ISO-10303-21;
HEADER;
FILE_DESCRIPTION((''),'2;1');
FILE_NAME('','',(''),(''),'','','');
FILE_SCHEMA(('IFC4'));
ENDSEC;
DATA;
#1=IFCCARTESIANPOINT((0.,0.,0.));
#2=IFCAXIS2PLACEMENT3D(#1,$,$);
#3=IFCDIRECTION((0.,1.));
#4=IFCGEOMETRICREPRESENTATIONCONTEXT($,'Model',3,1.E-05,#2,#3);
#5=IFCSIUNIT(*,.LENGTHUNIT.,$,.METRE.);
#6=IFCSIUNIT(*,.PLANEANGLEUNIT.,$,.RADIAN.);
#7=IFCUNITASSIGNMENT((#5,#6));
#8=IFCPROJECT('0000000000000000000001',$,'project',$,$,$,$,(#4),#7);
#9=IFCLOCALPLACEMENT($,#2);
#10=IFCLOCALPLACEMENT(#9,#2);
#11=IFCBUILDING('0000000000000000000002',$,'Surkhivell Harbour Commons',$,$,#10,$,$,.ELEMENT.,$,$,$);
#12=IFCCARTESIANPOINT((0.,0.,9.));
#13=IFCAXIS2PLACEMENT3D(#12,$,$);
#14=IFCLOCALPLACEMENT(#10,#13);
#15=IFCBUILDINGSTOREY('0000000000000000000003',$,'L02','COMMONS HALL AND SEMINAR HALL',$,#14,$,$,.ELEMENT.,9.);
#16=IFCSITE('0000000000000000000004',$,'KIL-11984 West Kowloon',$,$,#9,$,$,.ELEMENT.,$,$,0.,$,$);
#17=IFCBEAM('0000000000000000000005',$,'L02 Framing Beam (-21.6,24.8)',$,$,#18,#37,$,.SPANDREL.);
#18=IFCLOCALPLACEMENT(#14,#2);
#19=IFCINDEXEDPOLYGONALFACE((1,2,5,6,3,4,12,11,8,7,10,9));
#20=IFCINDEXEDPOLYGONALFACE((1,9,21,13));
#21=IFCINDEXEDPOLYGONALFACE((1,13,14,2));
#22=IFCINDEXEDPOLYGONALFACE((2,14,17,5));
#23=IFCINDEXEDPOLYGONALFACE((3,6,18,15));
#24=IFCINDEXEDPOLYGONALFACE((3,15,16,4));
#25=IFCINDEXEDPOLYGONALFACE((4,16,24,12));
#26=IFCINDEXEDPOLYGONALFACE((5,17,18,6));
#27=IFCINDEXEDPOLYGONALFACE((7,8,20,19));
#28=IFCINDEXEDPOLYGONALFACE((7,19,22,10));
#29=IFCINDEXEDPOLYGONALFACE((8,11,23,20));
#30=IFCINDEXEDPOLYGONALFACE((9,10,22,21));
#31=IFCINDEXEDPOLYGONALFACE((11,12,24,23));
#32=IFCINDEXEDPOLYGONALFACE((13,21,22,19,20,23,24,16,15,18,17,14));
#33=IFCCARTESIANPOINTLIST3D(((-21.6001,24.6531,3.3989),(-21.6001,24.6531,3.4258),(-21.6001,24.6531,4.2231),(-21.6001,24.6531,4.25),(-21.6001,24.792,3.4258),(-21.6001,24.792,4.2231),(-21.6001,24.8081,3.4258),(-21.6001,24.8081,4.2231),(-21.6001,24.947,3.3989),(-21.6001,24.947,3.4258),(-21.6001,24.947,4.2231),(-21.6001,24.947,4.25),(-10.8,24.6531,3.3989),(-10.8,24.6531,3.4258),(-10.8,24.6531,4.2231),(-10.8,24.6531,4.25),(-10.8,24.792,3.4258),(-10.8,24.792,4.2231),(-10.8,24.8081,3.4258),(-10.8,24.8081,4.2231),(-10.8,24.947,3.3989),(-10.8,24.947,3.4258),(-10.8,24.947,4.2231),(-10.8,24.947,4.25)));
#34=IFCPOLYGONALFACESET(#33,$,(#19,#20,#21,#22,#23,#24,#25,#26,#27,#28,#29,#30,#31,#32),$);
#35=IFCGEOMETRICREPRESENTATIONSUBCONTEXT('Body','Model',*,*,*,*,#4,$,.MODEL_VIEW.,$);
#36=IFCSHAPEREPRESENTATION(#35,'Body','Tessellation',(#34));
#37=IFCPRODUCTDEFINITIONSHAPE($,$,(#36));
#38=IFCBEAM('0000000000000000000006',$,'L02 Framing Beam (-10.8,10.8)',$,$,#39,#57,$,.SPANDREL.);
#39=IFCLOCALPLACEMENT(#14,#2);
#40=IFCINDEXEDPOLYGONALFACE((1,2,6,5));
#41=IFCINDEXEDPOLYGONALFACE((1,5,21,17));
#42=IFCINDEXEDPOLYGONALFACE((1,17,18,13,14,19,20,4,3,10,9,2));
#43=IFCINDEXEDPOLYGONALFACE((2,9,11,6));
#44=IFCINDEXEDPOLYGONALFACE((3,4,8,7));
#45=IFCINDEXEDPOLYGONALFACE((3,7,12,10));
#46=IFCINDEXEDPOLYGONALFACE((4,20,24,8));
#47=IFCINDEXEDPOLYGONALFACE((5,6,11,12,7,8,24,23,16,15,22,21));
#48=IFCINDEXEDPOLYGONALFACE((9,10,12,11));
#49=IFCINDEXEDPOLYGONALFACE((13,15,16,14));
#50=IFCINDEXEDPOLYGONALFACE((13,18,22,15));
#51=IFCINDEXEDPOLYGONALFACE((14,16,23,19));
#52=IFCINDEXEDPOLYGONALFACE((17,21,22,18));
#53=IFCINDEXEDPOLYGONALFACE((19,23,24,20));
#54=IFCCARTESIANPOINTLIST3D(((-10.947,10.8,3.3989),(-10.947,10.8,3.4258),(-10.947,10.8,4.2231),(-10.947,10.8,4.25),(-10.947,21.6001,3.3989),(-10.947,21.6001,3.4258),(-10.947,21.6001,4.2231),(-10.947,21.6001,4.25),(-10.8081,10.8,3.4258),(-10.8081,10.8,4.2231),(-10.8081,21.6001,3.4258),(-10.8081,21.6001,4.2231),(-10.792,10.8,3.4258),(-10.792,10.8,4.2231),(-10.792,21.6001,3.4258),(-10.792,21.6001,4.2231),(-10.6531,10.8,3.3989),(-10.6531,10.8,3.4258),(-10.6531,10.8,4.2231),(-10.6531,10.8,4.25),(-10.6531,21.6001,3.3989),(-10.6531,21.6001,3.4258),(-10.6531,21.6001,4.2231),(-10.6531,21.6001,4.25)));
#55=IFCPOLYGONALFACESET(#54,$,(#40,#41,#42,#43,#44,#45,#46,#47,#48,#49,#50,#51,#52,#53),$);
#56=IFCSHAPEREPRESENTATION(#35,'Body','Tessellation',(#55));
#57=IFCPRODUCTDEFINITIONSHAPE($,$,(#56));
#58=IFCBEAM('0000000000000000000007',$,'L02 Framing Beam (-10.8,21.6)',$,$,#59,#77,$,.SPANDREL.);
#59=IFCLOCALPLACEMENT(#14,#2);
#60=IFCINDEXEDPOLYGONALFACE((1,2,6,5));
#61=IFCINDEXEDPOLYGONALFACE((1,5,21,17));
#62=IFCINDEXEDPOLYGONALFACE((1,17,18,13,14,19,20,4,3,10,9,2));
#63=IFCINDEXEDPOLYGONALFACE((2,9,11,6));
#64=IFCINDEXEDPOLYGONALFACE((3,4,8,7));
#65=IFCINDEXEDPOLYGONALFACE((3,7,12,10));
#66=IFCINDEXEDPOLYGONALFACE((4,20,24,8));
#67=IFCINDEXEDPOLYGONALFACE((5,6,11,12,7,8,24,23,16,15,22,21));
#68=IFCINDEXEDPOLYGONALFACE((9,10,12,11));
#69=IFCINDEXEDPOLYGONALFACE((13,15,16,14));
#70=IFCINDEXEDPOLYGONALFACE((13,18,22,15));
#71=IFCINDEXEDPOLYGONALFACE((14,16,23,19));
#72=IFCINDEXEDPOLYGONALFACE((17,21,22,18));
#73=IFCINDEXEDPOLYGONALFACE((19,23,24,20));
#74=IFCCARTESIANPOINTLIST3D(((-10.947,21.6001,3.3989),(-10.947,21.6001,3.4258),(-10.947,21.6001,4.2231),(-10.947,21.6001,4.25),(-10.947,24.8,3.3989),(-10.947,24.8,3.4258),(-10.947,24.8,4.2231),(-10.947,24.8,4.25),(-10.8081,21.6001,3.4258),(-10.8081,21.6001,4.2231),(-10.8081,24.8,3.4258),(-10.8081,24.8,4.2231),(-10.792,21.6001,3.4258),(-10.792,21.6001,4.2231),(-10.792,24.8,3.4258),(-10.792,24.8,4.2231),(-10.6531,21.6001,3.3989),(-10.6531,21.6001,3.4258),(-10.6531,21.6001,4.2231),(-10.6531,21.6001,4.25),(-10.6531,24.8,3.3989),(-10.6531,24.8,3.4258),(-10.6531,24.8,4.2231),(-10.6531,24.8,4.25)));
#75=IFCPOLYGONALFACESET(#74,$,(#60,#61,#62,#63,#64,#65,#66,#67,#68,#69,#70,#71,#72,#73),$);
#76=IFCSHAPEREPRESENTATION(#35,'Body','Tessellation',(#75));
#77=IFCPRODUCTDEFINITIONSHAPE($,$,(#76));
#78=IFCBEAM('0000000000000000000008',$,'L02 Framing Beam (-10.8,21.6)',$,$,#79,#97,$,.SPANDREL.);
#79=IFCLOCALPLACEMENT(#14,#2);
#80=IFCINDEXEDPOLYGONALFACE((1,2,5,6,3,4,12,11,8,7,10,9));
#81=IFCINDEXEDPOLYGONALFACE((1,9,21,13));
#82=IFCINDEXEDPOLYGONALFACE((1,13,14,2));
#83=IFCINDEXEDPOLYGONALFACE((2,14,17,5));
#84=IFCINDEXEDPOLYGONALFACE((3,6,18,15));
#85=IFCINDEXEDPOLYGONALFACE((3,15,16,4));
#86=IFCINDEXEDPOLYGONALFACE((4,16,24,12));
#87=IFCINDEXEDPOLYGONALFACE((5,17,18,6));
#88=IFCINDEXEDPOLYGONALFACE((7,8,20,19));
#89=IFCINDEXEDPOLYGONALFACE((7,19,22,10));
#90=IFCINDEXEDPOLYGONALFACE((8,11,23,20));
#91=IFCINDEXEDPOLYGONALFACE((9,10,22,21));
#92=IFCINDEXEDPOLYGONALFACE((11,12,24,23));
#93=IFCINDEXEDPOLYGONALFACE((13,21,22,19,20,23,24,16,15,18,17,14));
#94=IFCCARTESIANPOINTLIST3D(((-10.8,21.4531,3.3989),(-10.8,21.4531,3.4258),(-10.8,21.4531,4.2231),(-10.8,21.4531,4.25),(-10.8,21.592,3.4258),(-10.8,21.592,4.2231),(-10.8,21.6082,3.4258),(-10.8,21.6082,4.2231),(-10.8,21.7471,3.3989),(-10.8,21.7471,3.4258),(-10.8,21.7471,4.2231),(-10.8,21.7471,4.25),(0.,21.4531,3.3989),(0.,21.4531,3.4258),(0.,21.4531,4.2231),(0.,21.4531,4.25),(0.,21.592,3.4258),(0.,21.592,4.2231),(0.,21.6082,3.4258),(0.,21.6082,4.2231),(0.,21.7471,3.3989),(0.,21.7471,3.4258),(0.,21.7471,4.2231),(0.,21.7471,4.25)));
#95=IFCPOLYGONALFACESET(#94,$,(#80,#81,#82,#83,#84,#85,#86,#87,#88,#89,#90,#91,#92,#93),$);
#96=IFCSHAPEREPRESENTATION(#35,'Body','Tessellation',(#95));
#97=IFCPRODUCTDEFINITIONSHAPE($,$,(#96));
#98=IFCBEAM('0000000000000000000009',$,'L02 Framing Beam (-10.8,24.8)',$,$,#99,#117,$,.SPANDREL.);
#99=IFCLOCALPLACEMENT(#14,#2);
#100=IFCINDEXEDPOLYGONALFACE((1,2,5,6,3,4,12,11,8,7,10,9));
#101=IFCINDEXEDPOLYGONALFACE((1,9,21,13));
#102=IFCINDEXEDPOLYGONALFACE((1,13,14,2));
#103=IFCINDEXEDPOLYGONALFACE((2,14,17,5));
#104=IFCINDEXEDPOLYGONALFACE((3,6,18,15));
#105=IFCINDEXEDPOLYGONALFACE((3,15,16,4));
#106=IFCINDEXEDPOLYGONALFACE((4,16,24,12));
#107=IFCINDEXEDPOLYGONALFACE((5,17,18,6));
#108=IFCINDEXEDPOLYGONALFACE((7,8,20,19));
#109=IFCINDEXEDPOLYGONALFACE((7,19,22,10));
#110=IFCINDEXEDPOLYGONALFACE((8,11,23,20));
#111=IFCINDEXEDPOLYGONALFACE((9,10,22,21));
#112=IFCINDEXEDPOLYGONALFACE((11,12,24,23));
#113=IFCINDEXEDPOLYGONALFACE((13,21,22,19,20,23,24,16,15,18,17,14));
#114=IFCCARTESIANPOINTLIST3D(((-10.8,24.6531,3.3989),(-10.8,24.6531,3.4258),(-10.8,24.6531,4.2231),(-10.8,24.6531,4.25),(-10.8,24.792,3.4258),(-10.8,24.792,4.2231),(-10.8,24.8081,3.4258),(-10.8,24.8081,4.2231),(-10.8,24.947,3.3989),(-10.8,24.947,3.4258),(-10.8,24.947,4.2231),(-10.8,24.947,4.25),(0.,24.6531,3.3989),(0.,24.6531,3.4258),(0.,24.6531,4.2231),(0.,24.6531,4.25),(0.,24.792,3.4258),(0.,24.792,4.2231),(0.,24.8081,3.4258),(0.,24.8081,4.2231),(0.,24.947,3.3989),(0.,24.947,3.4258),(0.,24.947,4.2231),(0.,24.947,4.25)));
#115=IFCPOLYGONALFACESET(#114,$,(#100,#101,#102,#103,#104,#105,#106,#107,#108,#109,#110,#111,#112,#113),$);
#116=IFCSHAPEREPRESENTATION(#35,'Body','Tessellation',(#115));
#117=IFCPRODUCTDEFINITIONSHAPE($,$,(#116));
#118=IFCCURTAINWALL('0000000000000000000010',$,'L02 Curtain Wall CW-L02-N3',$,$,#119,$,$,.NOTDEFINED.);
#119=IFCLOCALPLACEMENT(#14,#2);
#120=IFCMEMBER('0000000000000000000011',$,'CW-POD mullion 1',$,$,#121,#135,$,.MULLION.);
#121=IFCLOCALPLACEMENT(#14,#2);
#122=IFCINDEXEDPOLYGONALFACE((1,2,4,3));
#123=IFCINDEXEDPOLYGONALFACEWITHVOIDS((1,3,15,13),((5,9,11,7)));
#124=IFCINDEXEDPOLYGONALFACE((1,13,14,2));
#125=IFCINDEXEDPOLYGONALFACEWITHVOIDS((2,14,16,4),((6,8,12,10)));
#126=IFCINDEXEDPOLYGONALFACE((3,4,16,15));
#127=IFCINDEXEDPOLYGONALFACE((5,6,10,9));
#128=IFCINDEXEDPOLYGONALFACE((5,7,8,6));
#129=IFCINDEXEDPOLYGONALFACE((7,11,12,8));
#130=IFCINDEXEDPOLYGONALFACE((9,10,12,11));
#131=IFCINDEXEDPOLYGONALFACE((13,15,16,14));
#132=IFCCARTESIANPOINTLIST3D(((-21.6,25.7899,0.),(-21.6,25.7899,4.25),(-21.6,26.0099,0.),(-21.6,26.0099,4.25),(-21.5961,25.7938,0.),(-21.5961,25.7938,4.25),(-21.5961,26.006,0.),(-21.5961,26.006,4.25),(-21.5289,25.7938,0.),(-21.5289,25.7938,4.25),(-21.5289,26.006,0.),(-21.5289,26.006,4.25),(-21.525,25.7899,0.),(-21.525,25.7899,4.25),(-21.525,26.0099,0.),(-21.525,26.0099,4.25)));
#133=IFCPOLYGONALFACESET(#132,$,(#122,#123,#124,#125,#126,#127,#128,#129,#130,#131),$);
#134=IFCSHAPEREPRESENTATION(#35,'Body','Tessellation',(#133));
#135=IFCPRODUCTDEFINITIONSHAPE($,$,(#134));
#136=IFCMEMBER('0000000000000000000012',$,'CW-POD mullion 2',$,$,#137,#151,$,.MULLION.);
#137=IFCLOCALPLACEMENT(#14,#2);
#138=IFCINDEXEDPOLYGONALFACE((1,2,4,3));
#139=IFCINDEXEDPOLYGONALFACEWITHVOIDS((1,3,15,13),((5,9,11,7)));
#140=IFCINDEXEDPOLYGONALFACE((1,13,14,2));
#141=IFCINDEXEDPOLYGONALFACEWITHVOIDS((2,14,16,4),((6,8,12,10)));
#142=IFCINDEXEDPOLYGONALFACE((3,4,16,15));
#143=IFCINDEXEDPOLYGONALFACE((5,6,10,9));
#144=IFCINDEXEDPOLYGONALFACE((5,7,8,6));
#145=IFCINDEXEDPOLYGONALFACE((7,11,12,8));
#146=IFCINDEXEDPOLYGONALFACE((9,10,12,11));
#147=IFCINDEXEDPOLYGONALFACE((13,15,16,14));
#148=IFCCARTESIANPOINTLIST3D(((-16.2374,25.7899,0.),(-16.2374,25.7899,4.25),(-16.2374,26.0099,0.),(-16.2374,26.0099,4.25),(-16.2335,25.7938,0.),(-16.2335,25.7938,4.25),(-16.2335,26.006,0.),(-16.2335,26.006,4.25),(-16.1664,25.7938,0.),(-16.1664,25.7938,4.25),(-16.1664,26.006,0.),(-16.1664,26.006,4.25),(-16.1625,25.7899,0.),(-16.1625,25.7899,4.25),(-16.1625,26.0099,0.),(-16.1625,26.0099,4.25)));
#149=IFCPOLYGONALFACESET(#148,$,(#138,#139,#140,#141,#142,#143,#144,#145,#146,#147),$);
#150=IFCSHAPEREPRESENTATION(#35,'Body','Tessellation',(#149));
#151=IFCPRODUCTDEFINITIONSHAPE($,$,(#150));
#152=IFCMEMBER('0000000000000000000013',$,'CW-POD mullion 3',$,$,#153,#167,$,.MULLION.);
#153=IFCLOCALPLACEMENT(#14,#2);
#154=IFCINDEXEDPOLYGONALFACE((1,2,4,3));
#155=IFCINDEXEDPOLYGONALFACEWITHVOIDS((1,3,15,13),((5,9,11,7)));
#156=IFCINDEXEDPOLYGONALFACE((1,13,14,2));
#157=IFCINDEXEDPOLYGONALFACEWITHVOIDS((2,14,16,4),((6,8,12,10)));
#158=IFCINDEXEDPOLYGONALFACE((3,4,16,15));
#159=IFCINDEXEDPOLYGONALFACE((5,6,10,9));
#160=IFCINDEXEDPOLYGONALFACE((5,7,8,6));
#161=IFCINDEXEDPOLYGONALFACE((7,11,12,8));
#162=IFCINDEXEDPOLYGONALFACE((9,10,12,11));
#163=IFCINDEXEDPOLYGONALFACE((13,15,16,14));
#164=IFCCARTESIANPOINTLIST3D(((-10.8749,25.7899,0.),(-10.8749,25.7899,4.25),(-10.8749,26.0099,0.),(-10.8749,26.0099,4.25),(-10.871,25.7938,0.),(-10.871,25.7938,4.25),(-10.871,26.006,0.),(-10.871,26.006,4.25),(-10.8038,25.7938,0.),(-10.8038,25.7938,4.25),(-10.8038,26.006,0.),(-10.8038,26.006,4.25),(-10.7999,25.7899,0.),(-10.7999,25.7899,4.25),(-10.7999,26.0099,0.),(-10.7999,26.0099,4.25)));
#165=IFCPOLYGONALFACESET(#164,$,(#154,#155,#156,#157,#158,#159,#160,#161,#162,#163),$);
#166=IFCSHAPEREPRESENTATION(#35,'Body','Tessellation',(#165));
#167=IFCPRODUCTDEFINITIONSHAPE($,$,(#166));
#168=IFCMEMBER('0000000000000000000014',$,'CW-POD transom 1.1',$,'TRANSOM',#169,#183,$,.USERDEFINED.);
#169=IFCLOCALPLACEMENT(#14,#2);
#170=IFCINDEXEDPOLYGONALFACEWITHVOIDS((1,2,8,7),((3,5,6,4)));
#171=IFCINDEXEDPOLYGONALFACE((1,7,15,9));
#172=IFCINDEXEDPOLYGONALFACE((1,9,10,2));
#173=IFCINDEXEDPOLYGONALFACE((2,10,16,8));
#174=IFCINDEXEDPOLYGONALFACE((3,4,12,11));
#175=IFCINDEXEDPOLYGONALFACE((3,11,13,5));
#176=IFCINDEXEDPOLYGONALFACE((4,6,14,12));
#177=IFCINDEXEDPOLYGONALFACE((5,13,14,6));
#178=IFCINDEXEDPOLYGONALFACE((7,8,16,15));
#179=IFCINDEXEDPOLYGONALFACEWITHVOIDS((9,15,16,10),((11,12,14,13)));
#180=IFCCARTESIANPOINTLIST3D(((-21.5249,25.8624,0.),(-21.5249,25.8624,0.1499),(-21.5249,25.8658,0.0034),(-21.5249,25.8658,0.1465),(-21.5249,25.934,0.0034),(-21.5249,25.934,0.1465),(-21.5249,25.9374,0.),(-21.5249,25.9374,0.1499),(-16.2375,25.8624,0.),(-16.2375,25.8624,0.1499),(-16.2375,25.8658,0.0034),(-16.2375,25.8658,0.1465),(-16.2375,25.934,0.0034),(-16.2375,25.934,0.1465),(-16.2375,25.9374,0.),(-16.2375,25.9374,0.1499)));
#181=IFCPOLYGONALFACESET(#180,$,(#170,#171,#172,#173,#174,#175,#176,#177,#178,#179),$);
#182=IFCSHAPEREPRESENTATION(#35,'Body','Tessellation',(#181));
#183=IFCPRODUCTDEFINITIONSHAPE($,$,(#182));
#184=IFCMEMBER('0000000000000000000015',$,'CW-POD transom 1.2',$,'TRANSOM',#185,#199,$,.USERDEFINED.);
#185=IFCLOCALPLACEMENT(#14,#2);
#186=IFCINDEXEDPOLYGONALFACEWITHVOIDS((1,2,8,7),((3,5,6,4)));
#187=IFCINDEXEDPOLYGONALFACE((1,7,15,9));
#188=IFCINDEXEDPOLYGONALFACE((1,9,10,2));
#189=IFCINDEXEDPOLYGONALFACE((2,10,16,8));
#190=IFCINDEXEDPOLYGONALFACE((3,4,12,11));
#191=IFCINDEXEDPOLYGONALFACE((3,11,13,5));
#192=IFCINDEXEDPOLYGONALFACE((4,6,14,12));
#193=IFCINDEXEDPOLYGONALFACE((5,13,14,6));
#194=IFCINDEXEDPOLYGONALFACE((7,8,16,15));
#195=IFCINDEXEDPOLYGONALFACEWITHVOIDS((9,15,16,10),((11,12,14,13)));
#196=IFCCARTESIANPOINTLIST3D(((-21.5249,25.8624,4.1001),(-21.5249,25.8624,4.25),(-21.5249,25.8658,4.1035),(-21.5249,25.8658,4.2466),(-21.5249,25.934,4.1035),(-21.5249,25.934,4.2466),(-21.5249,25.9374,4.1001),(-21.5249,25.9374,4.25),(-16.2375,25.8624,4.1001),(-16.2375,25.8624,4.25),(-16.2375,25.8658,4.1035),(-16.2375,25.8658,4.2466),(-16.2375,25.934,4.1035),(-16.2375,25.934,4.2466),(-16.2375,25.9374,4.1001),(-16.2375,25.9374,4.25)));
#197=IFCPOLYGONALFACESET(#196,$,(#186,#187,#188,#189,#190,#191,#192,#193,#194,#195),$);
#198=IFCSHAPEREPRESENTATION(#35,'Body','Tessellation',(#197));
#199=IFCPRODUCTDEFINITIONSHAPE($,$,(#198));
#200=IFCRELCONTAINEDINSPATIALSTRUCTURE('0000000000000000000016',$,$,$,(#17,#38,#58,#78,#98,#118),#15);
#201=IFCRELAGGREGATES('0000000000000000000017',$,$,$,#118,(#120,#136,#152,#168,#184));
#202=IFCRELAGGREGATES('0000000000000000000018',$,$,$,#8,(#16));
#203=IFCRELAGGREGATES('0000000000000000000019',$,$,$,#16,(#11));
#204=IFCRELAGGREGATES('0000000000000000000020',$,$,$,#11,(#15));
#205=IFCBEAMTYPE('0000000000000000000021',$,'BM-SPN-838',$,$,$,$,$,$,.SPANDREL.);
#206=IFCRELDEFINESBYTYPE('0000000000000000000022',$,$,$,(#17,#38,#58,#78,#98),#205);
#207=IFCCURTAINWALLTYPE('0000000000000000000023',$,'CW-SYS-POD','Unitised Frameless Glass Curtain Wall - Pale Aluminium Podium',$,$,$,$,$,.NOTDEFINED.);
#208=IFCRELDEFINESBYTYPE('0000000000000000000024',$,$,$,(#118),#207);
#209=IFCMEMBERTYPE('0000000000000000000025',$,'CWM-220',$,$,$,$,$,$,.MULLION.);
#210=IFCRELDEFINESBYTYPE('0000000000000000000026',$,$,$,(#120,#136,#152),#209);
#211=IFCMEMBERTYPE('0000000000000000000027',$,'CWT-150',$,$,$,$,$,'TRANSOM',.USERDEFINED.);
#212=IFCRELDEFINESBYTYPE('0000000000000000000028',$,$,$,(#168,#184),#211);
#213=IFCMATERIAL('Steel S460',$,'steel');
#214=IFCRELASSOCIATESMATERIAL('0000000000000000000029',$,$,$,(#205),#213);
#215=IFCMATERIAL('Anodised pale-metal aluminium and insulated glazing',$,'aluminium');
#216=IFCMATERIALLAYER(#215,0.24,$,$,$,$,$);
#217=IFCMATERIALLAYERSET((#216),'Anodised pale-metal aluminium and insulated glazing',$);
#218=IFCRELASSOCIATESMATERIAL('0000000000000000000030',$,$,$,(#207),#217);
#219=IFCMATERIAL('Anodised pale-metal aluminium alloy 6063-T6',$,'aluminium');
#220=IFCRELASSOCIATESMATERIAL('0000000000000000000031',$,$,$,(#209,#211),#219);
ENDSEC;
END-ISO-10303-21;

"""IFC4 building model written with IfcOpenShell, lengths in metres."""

from ifc_helpers import new_model, si_unit, direction, frame, origin, origin_2d, place, context, subcontext, project, spatial, hollow_rectangle, i_section, extrude, material, layer, layer_set, material_profile, profile_set, type_object, element, aggregate, save


model = new_model("IFC4")

# Units and contexts
model_context = context("Model", 3, precision=1e-05, world=origin(), true_north=direction((0.0, 1.0)))
body_context = subcontext(model_context, "Body", "Model", "MODEL_VIEW")
ifc_project = project(units=[si_unit("LENGTHUNIT", "METRE"), si_unit("PLANEANGLEUNIT", "RADIAN")], contexts=[model_context])

# Site, building, storey
site_placement = place(None, origin())
site = spatial("IfcSite", under=ifc_project, at=site_placement, Name="KIL-11984 West Kowloon", CompositionType="ELEMENT", RefElevation=0.0)
building_placement = place(site_placement, origin())
building = spatial("IfcBuilding", under=site, at=building_placement, Name="Surkhivell Harbour Commons", CompositionType="ELEMENT")
storey_placement = place(building_placement, frame((0.0, 0.0, 9.0)))
storey = spatial("IfcBuildingStorey", under=building, at=storey_placement, Name="L02", Description="COMMONS HALL AND SEMINAR HALL", CompositionType="ELEMENT", Elevation=9.0)

# Beams
ifc_material_1 = material(Name="Steel S460", Category="steel")
ifc_material_profile_1 = material_profile(ifc_material_1, i_section(OverallWidth=0.2939, OverallDepth=0.8511, WebThickness=0.0161, FlangeThickness=0.0269, at=origin_2d()), Name="UB838x292x226")
ifc_profile_set_1 = profile_set([ifc_material_profile_1], Name="Steel S460")
beam_type = type_object("IfcBeamType", Name="BM-SPN-838", PredefinedType="SPANDREL", material=ifc_profile_set_1)
for number, where, z_axis, x_axis, name in (
    (1, (-21.6001, 24.8, 3.8245), (1.0, 0.0, 0.0), (0.0, 1.0, 0.0), "L02 Framing Beam (-21.6,24.8)"),
    (2, (-10.8, 10.8, 3.8245), (0.0, 1.0, 0.0), (-1.0, 0.0, 0.0), "L02 Framing Beam (-10.8,10.8)"),
):
    element("IfcBeam", number, at=place(storey_placement, frame(where, z_axis=z_axis, x_axis=x_axis)), inside=storey, type_object=beam_type, Name=name, PredefinedType="SPANDREL", context=body_context, shape_type="SweptSolid", body=[
        extrude(i_section(OverallWidth=0.2939, OverallDepth=0.8511, WebThickness=0.0161, FlangeThickness=0.0269, at=origin_2d()), origin(), (0.0, 0.0, 1.0), 10.8),
    ])
beam_placement = place(storey_placement, frame((-10.8, 21.6001, 3.8245), z_axis=(0.0, 1.0, 0.0), x_axis=(-1.0, 0.0, 0.0)))
element("IfcBeam", 3, at=beam_placement, inside=storey, type_object=beam_type, Name="L02 Framing Beam (-10.8,21.6)", PredefinedType="SPANDREL", context=body_context, shape_type="SweptSolid", body=[
    extrude(i_section(OverallWidth=0.2939, OverallDepth=0.8511, WebThickness=0.0161, FlangeThickness=0.0269, at=origin_2d()), origin(), (0.0, 0.0, 1.0), 3.2),
])
for number, where, z_axis, x_axis, name in (
    (4, (-10.8, 21.6001, 3.8245), (1.0, 0.0, 0.0), (0.0, 1.0, 0.0), "L02 Framing Beam (-10.8,21.6)"),
    (5, (-10.8, 24.8, 3.8245), (1.0, 0.0, 0.0), (0.0, 1.0, 0.0), "L02 Framing Beam (-10.8,24.8)"),
):
    element("IfcBeam", number, at=place(storey_placement, frame(where, z_axis=z_axis, x_axis=x_axis)), inside=storey, type_object=beam_type, Name=name, PredefinedType="SPANDREL", context=body_context, shape_type="SweptSolid", body=[
        extrude(i_section(OverallWidth=0.2939, OverallDepth=0.8511, WebThickness=0.0161, FlangeThickness=0.0269, at=origin_2d()), origin(), (0.0, 0.0, 1.0), 10.8),
    ])

# Curtain wall, members
ifc_material_2 = material(Name="Anodised pale-metal aluminium and insulated glazing", Category="aluminium")
ifc_layer_1 = layer(ifc_material_2, 0.24)
ifc_layer_set_1 = layer_set([ifc_layer_1], Name="Anodised pale-metal aluminium and insulated glazing")
curtain_wall_type = type_object("IfcCurtainWallType", Name="CW-SYS-POD", Description="Unitised Frameless Glass Curtain Wall - Pale Aluminium Podium", PredefinedType="NOTDEFINED", material=ifc_layer_set_1)
curtain_wall_placement = place(storey_placement, origin())
curtain_wall = element("IfcCurtainWall", 6, at=curtain_wall_placement, inside=storey, type_object=curtain_wall_type, Name="L02 Curtain Wall CW-L02-N3", PredefinedType="NOTDEFINED")
ifc_material_3 = material(Name="Anodised pale-metal aluminium alloy 6063-T6", Category="aluminium")
ifc_material_profile_2 = material_profile(ifc_material_3, hollow_rectangle(XDim=0.075, YDim=0.22, WallThickness=0.0039, at=origin_2d()), Name="ALU-MULL-75x220")
ifc_profile_set_2 = profile_set([ifc_material_profile_2], Name="Anodised pale-metal aluminium alloy 6063-T6")
member_type_1 = type_object("IfcMemberType", Name="CWM-220", PredefinedType="MULLION", material=ifc_profile_set_2)
member_1_placement = place(storey_placement, frame((-21.5625, 25.8999, 0.0), z_axis=(0.0, 0.0, 1.0), x_axis=(1.0, 0.0, 0.0)))
member_1 = element("IfcMember", 7, at=member_1_placement, type_object=member_type_1, Name="CW-POD mullion 1", PredefinedType="MULLION", context=body_context, shape_type="SweptSolid", body=[
    extrude(hollow_rectangle(XDim=0.075, YDim=0.22, WallThickness=0.0039, at=origin_2d()), origin(), (0.0, 0.0, 1.0), 4.25),
])
member_2_placement = place(storey_placement, frame((-16.2, 25.8999, 0.0), z_axis=(0.0, 0.0, 1.0), x_axis=(1.0, 0.0, 0.0)))
member_2 = element("IfcMember", 8, at=member_2_placement, type_object=member_type_1, Name="CW-POD mullion 2", PredefinedType="MULLION", context=body_context, shape_type="SweptSolid", body=[
    extrude(hollow_rectangle(XDim=0.075, YDim=0.22, WallThickness=0.0039, at=origin_2d()), origin(), (0.0, 0.0, 1.0), 4.25),
])
member_3_placement = place(storey_placement, frame((-10.8374, 25.8999, 0.0), z_axis=(0.0, 0.0, 1.0), x_axis=(1.0, 0.0, 0.0)))
member_3 = element("IfcMember", 9, at=member_3_placement, type_object=member_type_1, Name="CW-POD mullion 3", PredefinedType="MULLION", context=body_context, shape_type="SweptSolid", body=[
    extrude(hollow_rectangle(XDim=0.075, YDim=0.22, WallThickness=0.0039, at=origin_2d()), origin(), (0.0, 0.0, 1.0), 4.25),
])
ifc_material_profile_3 = material_profile(ifc_material_3, hollow_rectangle(XDim=0.075, YDim=0.1499, WallThickness=0.0034, at=origin_2d()), Name="ALU-TRAN-75x150")
ifc_profile_set_3 = profile_set([ifc_material_profile_3], Name="Anodised pale-metal aluminium alloy 6063-T6")
member_type_2 = type_object("IfcMemberType", Name="CWT-150", ElementType="TRANSOM", PredefinedType="USERDEFINED", material=ifc_profile_set_3)
member_4_placement = place(storey_placement, frame((-21.5249, 25.8999, 0.075), z_axis=(1.0, 0.0, 0.0), x_axis=(0.0, 1.0, 0.0)))
member_4 = element("IfcMember", 10, at=member_4_placement, type_object=member_type_2, Name="CW-POD transom 1.1", ObjectType="TRANSOM", PredefinedType="USERDEFINED", context=body_context, shape_type="SweptSolid", body=[
    extrude(hollow_rectangle(XDim=0.075, YDim=0.1499, WallThickness=0.0034, at=origin_2d()), origin(), (0.0, 0.0, 1.0), 5.2874),
])
member_5_placement = place(storey_placement, frame((-21.5249, 25.8999, 4.175), z_axis=(1.0, 0.0, 0.0), x_axis=(0.0, 1.0, 0.0)))
member_5 = element("IfcMember", 11, at=member_5_placement, type_object=member_type_2, Name="CW-POD transom 1.2", ObjectType="TRANSOM", PredefinedType="USERDEFINED", context=body_context, shape_type="SweptSolid", body=[
    extrude(hollow_rectangle(XDim=0.075, YDim=0.1499, WallThickness=0.0034, at=origin_2d()), origin(), (0.0, 0.0, 1.0), 5.2874),
])
aggregate(curtain_wall, [member_1, member_2, member_3, member_4, member_5])

save(model, "model.ifc")
